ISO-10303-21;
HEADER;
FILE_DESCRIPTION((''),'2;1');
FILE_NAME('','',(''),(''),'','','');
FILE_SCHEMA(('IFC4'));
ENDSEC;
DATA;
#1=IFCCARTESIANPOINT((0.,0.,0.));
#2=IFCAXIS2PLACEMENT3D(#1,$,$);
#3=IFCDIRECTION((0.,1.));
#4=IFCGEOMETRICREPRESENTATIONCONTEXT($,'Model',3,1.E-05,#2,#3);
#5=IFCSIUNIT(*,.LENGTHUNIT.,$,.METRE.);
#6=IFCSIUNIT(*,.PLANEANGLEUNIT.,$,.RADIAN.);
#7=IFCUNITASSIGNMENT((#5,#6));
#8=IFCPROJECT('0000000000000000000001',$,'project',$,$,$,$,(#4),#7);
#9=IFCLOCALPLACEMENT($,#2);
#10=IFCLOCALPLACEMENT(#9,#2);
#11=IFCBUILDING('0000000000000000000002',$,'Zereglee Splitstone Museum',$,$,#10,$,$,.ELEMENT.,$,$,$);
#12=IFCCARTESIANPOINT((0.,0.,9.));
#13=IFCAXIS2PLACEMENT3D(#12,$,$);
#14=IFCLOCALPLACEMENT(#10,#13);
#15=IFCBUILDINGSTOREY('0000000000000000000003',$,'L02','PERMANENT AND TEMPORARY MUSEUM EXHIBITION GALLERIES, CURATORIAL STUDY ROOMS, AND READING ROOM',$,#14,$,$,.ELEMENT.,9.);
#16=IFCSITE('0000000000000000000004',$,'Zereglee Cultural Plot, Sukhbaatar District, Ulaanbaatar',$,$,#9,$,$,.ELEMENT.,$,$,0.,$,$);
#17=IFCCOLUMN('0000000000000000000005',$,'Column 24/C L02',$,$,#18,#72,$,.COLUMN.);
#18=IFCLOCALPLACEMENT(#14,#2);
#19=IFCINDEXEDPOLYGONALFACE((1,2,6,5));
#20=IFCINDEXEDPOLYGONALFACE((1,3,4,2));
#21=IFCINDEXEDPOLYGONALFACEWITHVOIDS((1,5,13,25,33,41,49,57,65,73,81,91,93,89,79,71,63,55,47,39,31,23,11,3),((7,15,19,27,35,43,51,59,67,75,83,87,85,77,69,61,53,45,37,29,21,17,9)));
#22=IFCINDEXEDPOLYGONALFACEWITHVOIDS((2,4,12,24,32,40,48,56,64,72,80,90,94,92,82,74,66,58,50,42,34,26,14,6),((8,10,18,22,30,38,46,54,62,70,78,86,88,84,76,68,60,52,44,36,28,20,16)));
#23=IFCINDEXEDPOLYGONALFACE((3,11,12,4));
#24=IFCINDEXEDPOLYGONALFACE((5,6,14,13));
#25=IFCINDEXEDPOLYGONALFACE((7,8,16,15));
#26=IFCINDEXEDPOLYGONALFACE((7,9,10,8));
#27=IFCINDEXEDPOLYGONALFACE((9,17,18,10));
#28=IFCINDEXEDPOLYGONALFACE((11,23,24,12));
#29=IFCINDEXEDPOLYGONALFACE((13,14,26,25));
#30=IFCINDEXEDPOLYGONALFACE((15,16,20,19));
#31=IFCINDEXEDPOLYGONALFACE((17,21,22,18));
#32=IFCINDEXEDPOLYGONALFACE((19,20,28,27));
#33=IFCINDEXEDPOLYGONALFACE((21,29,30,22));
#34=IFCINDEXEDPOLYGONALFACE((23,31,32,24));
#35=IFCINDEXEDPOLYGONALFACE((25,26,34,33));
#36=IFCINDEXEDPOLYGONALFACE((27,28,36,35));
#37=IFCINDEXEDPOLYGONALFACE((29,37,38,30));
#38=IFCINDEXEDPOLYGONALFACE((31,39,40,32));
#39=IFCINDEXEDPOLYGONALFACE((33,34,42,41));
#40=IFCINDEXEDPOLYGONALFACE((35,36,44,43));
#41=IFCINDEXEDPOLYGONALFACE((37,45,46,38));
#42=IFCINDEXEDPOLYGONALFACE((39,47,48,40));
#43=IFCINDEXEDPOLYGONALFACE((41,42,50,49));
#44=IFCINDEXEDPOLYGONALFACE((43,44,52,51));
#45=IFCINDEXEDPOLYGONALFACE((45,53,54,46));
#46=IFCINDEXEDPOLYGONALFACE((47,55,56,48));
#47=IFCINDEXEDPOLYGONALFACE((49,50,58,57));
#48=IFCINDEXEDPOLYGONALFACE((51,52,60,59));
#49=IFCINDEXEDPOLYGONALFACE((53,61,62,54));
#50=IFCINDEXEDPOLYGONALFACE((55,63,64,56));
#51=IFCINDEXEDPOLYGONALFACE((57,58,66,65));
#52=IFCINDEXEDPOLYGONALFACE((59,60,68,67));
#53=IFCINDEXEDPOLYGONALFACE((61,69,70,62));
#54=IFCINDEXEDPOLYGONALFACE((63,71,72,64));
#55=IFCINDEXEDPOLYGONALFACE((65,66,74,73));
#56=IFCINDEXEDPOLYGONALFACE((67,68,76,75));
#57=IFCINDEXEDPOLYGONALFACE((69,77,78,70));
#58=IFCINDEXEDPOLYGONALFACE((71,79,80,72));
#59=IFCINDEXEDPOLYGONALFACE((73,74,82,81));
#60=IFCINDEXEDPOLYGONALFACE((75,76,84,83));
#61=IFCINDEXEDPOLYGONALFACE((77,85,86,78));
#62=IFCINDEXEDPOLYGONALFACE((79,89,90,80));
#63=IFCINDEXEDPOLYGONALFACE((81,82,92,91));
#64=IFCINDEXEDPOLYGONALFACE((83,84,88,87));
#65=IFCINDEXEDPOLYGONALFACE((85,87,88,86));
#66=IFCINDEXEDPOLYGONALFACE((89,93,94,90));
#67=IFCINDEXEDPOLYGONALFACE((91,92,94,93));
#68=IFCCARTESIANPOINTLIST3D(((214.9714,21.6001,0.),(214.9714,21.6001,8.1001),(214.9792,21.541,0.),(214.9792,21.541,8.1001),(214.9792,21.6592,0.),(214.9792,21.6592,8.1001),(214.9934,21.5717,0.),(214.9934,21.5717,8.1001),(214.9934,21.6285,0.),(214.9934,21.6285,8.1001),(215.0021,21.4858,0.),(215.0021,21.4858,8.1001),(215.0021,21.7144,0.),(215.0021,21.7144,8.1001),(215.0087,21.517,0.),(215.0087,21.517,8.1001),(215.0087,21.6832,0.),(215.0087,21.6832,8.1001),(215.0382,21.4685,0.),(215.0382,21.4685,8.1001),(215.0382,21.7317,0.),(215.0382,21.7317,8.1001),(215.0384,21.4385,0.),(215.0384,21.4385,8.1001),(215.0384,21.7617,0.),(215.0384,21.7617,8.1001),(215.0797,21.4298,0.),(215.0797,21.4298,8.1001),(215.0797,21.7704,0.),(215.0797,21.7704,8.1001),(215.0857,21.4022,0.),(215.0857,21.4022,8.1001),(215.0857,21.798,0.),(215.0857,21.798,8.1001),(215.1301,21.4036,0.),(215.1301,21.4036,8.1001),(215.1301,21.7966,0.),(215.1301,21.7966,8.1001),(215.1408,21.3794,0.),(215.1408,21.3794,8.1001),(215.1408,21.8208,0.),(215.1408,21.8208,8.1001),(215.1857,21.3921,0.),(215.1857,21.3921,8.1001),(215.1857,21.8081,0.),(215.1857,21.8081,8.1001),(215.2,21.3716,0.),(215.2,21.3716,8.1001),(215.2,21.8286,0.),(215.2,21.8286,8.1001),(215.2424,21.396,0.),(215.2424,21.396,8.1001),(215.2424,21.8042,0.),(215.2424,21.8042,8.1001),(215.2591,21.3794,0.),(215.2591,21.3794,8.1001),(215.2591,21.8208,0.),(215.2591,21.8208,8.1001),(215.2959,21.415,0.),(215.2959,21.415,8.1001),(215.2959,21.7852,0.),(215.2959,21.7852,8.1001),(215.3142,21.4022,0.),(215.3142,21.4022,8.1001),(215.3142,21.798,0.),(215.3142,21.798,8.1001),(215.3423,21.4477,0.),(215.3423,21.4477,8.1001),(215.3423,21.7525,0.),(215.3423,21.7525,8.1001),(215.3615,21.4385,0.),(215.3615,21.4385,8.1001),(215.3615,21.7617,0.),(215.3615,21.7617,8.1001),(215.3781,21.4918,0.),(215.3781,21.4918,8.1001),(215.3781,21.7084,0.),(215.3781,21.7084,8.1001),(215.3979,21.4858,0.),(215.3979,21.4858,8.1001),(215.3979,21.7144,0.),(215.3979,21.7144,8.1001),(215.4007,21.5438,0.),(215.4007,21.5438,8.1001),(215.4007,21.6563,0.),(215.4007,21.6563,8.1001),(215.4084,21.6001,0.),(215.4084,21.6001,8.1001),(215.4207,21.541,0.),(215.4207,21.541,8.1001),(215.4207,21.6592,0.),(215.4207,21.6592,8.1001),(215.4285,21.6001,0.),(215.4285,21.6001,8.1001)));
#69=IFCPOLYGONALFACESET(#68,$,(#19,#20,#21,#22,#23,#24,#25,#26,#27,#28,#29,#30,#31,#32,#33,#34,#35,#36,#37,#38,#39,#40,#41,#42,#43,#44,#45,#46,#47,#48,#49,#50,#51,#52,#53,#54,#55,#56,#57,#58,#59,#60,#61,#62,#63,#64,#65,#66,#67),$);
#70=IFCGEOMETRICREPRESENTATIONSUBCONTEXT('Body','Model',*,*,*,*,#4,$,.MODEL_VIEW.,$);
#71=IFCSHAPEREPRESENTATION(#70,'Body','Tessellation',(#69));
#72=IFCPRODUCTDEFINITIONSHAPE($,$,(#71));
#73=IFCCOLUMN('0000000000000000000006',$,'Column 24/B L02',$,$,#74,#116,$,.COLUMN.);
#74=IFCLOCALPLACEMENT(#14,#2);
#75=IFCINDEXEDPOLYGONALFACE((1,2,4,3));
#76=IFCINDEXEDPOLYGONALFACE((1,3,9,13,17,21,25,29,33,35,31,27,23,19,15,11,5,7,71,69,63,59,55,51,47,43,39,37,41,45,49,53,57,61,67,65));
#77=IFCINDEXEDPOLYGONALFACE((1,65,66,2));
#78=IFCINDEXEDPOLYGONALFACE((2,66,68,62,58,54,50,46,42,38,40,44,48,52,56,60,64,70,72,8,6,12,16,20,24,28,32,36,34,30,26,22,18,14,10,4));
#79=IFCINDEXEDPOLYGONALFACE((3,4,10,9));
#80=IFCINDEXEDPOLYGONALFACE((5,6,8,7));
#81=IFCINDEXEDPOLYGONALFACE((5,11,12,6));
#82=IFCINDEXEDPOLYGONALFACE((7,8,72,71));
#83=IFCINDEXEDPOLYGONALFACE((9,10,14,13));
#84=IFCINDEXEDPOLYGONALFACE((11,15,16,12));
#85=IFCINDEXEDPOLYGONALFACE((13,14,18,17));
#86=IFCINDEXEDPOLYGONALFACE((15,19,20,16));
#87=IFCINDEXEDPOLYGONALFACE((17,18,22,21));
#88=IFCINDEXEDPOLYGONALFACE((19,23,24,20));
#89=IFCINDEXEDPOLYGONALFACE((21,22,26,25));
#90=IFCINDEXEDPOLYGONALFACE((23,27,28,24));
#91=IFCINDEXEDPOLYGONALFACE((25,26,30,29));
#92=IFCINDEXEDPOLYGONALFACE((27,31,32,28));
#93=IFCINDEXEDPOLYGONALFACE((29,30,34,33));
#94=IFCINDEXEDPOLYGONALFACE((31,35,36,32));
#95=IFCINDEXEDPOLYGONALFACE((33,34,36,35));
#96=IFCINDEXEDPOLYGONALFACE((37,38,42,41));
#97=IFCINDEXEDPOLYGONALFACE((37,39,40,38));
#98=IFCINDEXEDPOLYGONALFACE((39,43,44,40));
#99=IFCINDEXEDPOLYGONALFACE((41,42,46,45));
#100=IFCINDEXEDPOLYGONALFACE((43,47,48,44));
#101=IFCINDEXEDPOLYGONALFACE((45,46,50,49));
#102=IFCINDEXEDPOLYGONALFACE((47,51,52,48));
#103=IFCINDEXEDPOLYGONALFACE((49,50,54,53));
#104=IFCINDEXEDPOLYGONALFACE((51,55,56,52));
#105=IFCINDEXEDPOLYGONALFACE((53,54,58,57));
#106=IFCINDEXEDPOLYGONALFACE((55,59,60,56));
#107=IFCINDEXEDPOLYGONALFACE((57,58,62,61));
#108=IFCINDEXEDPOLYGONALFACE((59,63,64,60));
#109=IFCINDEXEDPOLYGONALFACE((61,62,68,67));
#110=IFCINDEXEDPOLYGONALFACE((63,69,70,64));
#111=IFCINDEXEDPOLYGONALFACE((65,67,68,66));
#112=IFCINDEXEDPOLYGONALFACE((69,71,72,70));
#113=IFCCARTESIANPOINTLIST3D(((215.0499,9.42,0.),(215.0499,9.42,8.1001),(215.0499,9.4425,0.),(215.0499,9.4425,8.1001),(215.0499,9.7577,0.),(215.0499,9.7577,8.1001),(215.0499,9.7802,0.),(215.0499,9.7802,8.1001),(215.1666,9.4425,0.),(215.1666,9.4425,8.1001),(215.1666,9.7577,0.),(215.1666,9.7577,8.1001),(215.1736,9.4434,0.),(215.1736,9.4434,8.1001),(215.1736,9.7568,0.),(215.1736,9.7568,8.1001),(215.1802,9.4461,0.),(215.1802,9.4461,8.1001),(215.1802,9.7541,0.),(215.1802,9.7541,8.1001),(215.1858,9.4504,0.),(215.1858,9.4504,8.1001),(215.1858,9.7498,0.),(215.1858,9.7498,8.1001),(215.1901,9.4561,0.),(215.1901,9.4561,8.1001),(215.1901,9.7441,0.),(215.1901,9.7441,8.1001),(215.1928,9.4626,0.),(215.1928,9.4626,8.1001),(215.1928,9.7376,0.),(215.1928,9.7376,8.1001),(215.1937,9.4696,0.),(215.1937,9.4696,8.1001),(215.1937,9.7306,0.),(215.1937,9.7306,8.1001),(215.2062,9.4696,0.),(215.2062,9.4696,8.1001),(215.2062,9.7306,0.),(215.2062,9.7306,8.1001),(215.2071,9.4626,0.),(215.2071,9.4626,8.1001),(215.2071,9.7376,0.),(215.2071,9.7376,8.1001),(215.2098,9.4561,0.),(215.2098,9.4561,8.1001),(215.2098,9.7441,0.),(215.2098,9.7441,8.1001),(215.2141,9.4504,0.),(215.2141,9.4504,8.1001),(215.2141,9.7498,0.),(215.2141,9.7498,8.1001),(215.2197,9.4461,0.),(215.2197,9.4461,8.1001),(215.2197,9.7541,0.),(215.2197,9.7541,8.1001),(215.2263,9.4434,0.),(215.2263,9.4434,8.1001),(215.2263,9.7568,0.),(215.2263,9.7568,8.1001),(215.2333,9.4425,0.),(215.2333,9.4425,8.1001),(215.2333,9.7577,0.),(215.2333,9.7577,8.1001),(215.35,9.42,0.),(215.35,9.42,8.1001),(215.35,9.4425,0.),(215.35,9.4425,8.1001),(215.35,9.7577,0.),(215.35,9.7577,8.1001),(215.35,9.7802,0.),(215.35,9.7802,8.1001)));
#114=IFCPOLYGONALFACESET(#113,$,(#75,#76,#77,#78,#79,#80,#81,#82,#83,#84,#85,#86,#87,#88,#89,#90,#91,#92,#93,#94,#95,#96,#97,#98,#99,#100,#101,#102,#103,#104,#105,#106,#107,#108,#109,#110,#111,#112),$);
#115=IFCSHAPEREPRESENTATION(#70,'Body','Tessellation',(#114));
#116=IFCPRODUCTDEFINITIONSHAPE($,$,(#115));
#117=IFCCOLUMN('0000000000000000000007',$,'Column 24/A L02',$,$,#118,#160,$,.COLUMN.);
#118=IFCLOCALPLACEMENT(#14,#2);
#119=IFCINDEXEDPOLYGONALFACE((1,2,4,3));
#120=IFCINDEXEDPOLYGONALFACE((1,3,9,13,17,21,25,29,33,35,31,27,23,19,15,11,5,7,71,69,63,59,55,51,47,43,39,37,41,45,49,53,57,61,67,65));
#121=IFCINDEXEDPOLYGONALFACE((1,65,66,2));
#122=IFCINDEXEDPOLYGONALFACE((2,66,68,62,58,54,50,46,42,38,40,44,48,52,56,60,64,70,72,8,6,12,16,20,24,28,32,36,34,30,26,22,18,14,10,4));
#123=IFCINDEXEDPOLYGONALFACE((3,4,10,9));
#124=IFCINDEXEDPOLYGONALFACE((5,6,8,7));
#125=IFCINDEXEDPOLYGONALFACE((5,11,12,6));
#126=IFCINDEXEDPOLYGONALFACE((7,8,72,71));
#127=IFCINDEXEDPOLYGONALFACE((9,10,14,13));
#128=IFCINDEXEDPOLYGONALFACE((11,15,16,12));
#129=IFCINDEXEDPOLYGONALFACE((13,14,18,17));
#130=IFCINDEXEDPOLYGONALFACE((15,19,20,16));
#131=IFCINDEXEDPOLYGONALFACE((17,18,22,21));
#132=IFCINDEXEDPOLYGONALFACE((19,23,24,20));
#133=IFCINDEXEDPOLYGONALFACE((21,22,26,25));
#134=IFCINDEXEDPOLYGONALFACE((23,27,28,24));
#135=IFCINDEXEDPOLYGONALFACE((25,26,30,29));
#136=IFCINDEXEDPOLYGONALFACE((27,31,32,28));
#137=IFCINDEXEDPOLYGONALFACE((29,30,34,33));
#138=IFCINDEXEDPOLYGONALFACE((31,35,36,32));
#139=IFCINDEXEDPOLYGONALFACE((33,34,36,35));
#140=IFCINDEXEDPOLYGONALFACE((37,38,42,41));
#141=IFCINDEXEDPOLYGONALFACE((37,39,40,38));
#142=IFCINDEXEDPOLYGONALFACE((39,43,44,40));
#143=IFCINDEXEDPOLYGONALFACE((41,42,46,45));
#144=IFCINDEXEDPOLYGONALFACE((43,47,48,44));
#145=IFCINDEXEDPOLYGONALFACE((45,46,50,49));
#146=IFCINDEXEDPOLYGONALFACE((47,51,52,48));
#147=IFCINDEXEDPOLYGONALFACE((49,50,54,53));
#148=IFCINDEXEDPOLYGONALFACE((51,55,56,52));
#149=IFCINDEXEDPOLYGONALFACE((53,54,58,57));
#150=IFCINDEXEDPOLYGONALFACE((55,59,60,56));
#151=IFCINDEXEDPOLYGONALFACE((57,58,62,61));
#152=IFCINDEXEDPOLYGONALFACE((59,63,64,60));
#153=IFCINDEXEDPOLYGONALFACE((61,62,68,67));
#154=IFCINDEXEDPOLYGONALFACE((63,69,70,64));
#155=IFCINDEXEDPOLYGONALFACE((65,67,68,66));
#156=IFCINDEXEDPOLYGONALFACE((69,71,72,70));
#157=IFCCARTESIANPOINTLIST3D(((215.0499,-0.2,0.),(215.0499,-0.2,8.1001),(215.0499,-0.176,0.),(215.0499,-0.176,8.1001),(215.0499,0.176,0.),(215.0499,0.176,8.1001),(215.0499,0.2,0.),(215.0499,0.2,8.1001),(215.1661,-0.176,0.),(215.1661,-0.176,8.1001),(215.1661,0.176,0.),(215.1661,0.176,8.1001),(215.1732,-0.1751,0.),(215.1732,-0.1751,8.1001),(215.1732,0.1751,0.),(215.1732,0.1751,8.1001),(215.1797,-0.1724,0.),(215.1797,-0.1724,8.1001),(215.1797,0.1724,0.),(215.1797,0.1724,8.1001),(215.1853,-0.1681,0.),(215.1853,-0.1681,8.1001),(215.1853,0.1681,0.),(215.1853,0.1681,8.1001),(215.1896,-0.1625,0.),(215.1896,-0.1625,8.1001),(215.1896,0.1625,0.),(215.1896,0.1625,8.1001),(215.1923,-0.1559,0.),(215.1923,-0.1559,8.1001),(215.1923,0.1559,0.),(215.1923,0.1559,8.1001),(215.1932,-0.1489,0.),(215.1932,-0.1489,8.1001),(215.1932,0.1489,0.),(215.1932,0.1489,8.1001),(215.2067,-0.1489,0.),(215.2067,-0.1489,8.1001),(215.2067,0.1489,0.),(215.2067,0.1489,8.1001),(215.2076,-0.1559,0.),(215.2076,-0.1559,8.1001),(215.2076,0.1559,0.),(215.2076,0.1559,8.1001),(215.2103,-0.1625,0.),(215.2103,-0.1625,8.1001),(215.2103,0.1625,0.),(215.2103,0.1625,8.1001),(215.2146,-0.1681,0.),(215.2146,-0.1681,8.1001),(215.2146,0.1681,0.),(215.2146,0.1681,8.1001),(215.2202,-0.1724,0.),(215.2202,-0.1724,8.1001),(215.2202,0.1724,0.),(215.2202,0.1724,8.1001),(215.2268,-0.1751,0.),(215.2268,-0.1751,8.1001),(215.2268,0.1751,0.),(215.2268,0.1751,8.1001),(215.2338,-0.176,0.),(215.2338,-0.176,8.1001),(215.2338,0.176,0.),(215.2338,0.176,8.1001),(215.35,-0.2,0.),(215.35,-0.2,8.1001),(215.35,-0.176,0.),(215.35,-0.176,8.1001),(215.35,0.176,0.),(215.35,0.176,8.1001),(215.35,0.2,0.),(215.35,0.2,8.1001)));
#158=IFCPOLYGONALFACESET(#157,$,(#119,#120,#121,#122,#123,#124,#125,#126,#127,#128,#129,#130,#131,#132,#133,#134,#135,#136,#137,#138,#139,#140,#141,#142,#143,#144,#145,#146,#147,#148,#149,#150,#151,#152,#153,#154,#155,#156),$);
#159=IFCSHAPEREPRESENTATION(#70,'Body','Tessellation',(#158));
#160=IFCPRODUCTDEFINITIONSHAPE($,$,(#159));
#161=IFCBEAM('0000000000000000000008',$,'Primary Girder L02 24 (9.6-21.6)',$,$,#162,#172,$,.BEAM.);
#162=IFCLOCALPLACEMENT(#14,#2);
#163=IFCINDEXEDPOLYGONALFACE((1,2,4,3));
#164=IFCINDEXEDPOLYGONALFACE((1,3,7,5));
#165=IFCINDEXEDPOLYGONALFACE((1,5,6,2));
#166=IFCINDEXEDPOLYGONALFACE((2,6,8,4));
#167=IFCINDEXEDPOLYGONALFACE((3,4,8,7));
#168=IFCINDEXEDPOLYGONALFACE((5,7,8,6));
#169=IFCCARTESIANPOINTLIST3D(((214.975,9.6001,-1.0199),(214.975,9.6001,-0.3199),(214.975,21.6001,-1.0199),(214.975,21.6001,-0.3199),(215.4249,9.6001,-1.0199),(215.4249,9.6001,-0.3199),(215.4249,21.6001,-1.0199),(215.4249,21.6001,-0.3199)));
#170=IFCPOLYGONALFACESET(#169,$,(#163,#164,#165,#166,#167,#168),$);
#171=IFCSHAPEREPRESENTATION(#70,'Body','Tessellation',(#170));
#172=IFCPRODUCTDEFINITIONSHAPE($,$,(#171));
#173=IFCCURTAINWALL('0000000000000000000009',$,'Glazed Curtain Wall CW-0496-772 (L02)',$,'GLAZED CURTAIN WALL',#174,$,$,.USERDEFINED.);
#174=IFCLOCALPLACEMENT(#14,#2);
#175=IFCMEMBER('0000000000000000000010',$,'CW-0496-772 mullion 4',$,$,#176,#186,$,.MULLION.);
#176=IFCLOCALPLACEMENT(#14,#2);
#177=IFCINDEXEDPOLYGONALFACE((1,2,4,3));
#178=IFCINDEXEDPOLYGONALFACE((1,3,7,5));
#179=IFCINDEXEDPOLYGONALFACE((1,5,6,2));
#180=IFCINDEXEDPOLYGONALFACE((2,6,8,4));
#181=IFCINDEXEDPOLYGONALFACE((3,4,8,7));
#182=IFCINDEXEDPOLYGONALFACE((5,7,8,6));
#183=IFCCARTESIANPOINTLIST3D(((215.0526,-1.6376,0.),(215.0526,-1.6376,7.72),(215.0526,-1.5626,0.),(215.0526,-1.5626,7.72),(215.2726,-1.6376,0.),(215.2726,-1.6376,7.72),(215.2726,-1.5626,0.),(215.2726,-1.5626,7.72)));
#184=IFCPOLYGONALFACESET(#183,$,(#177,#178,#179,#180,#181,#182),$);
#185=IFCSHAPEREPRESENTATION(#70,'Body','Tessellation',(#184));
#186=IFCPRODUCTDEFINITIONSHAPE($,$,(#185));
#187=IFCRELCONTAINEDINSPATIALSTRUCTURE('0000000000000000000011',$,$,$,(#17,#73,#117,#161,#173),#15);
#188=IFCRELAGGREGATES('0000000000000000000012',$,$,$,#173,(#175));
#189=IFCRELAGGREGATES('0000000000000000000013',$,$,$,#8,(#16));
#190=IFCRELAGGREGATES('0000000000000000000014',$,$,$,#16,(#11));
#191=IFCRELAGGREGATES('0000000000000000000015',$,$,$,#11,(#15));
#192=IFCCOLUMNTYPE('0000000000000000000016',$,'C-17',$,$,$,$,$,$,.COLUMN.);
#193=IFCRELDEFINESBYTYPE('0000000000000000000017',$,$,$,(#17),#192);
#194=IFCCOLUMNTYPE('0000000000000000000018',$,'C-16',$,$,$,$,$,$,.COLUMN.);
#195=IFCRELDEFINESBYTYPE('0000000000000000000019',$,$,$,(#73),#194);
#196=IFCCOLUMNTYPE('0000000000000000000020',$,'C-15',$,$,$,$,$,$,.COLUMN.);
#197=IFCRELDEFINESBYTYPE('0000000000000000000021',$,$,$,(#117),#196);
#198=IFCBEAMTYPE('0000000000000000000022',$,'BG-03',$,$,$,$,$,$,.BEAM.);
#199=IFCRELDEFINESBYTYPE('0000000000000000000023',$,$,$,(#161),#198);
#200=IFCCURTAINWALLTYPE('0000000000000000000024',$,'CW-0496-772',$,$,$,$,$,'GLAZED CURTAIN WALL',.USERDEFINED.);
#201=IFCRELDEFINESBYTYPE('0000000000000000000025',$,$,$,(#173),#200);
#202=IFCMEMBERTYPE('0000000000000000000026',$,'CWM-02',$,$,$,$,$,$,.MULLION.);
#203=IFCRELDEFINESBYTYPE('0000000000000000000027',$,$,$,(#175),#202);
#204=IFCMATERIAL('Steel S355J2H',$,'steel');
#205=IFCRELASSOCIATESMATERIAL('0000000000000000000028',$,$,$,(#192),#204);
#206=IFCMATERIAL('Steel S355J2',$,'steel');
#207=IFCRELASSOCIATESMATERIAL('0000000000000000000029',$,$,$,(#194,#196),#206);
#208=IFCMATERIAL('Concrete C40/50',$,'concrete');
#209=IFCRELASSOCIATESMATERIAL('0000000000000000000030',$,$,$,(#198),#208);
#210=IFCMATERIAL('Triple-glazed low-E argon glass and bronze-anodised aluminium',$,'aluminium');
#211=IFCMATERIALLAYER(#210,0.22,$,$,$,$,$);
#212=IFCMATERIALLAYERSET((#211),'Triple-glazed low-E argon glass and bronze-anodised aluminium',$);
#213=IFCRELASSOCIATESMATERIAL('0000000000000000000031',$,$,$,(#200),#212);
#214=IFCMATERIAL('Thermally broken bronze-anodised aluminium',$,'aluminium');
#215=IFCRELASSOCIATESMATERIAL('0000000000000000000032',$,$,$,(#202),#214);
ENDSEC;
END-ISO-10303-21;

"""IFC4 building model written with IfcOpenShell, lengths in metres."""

from ifc_helpers import new_model, si_unit, direction, frame, origin, origin_2d, place, context, subcontext, project, spatial, rectangle, hollow_circle, i_section, extrude, material, layer, layer_set, material_profile, profile_set, type_object, element, aggregate, save


model = new_model("IFC4")

# Units and contexts
model_context = context("Model", 3, precision=1e-05, world=origin(), true_north=direction((0.0, 1.0)))
body_context = subcontext(model_context, "Body", "Model", "MODEL_VIEW")
ifc_project = project(units=[si_unit("LENGTHUNIT", "METRE"), si_unit("PLANEANGLEUNIT", "RADIAN")], contexts=[model_context])

# Site, building, storey
site_placement = place(None, origin())
site = spatial("IfcSite", under=ifc_project, at=site_placement, Name="Zereglee Cultural Plot, Sukhbaatar District, Ulaanbaatar", CompositionType="ELEMENT", RefElevation=0.0)
building_placement = place(site_placement, origin())
building = spatial("IfcBuilding", under=site, at=building_placement, Name="Zereglee Splitstone Museum", CompositionType="ELEMENT")
storey_placement = place(building_placement, frame((0.0, 0.0, 9.0)))
storey = spatial("IfcBuildingStorey", under=building, at=storey_placement, Name="L02", Description="PERMANENT AND TEMPORARY MUSEUM EXHIBITION GALLERIES, CURATORIAL STUDY ROOMS, AND READING ROOM", CompositionType="ELEMENT", Elevation=9.0)

# Columns
ifc_material_1 = material(Name="Steel S355J2H", Category="steel")
ifc_material_profile_1 = material_profile(ifc_material_1, hollow_circle(Radius=0.2285, WallThickness=0.02, at=origin_2d()), Name="CHS 457.0x20")
ifc_profile_set_1 = profile_set([ifc_material_profile_1], Name="Steel S355J2H")
column_type_1 = type_object("IfcColumnType", Name="C-17", PredefinedType="COLUMN", material=ifc_profile_set_1)
column_1_placement = place(storey_placement, frame((215.2, 21.6001, 0.0), z_axis=(0.0, 0.0, 1.0), x_axis=(1.0, 0.0, 0.0)))
element("IfcColumn", 1, at=column_1_placement, inside=storey, type_object=column_type_1, Name="Column 24/C L02", PredefinedType="COLUMN", context=body_context, shape_type="SweptSolid", body=[
    extrude(hollow_circle(Radius=0.2285, WallThickness=0.02, at=origin_2d()), origin(), (0.0, 0.0, 1.0), 8.1001),
])
ifc_material_2 = material(Name="Steel S355J2", Category="steel")
ifc_material_profile_2 = material_profile(ifc_material_2, i_section(OverallWidth=0.3, OverallDepth=0.3601, WebThickness=0.0125, FlangeThickness=0.0225, FilletRadius=0.0271, at=origin_2d()), Name="HE 360 B")
ifc_profile_set_2 = profile_set([ifc_material_profile_2], Name="Steel S355J2")
column_type_2 = type_object("IfcColumnType", Name="C-16", PredefinedType="COLUMN", material=ifc_profile_set_2)
column_2_placement = place(storey_placement, frame((215.2, 9.6001, 0.0), z_axis=(0.0, 0.0, 1.0), x_axis=(1.0, 0.0, 0.0)))
element("IfcColumn", 2, at=column_2_placement, inside=storey, type_object=column_type_2, Name="Column 24/B L02", PredefinedType="COLUMN", context=body_context, shape_type="SweptSolid", body=[
    extrude(i_section(OverallWidth=0.3, OverallDepth=0.3601, WebThickness=0.0125, FlangeThickness=0.0225, FilletRadius=0.0271, at=origin_2d()), origin(), (0.0, 0.0, 1.0), 8.1001),
])
ifc_material_profile_3 = material_profile(ifc_material_2, i_section(OverallWidth=0.3, OverallDepth=0.3999, WebThickness=0.0134, FlangeThickness=0.0239, FilletRadius=0.0271, at=origin_2d()), Name="HE 400 B")
ifc_profile_set_3 = profile_set([ifc_material_profile_3], Name="Steel S355J2")
column_type_3 = type_object("IfcColumnType", Name="C-15", PredefinedType="COLUMN", material=ifc_profile_set_3)
column_3_placement = place(storey_placement, frame((215.2, 0.0, 0.0), z_axis=(0.0, 0.0, 1.0), x_axis=(1.0, 0.0, 0.0)))
element("IfcColumn", 3, at=column_3_placement, inside=storey, type_object=column_type_3, Name="Column 24/A L02", PredefinedType="COLUMN", context=body_context, shape_type="SweptSolid", body=[
    extrude(i_section(OverallWidth=0.3, OverallDepth=0.3999, WebThickness=0.0134, FlangeThickness=0.0239, FilletRadius=0.0271, at=origin_2d()), origin(), (0.0, 0.0, 1.0), 8.1001),
])

# Beam
ifc_material_3 = material(Name="Concrete C40/50", Category="concrete")
ifc_material_profile_4 = material_profile(ifc_material_3, rectangle(XDim=0.45, YDim=0.7, at=origin_2d()), Name="RC 450x700")
ifc_profile_set_4 = profile_set([ifc_material_profile_4], Name="Concrete C40/50")
beam_type_1 = type_object("IfcBeamType", Name="BG-03", PredefinedType="BEAM", material=ifc_profile_set_4)
beam_1_placement = place(storey_placement, frame((215.2, 9.6001, -0.6699), z_axis=(0.0, 1.0, 0.0), x_axis=(-1.0, 0.0, 0.0)))
element("IfcBeam", 4, at=beam_1_placement, inside=storey, type_object=beam_type_1, Name="Primary Girder L02 24 (9.6-21.6)", PredefinedType="BEAM", context=body_context, shape_type="SweptSolid", body=[
    extrude(rectangle(XDim=0.45, YDim=0.7, at=origin_2d()), origin(), (0.0, 0.0, 1.0), 12.0),
])

# Curtain wall, member
ifc_material_4 = material(Name="Triple-glazed low-E argon glass and bronze-anodised aluminium", Category="aluminium")
ifc_layer_1 = layer(ifc_material_4, 0.22)
ifc_layer_set_1 = layer_set([ifc_layer_1], Name="Triple-glazed low-E argon glass and bronze-anodised aluminium")
curtain_wall_type = type_object("IfcCurtainWallType", Name="CW-0496-772", ElementType="GLAZED CURTAIN WALL", PredefinedType="USERDEFINED", material=ifc_layer_set_1)
curtain_wall_placement = place(storey_placement, origin())
curtain_wall = element("IfcCurtainWall", 5, at=curtain_wall_placement, inside=storey, type_object=curtain_wall_type, Name="Glazed Curtain Wall CW-0496-772 (L02)", ObjectType="GLAZED CURTAIN WALL", PredefinedType="USERDEFINED")
ifc_material_5 = material(Name="Thermally broken bronze-anodised aluminium", Category="aluminium")
ifc_material_profile_5 = material_profile(ifc_material_5, rectangle(XDim=0.075, YDim=0.22, at=origin_2d()), Name="CW MULL 75x220")
ifc_profile_set_5 = profile_set([ifc_material_profile_5], Name="Thermally broken bronze-anodised aluminium")
member_type_1 = type_object("IfcMemberType", Name="CWM-02", PredefinedType="MULLION", material=ifc_profile_set_5)
member_1_placement = place(storey_placement, frame((215.1626, -1.6001, 0.0), z_axis=(0.0, 0.0, 1.0), x_axis=(0.0, 1.0, 0.0)))
member_1 = element("IfcMember", 6, at=member_1_placement, type_object=member_type_1, Name="CW-0496-772 mullion 4", PredefinedType="MULLION", context=body_context, shape_type="SweptSolid", body=[
    extrude(rectangle(XDim=0.075, YDim=0.22, at=origin_2d()), origin(), (0.0, 0.0, 1.0), 7.72),
])

aggregate(curtain_wall, [member_1])

save(model, "model.ifc")
